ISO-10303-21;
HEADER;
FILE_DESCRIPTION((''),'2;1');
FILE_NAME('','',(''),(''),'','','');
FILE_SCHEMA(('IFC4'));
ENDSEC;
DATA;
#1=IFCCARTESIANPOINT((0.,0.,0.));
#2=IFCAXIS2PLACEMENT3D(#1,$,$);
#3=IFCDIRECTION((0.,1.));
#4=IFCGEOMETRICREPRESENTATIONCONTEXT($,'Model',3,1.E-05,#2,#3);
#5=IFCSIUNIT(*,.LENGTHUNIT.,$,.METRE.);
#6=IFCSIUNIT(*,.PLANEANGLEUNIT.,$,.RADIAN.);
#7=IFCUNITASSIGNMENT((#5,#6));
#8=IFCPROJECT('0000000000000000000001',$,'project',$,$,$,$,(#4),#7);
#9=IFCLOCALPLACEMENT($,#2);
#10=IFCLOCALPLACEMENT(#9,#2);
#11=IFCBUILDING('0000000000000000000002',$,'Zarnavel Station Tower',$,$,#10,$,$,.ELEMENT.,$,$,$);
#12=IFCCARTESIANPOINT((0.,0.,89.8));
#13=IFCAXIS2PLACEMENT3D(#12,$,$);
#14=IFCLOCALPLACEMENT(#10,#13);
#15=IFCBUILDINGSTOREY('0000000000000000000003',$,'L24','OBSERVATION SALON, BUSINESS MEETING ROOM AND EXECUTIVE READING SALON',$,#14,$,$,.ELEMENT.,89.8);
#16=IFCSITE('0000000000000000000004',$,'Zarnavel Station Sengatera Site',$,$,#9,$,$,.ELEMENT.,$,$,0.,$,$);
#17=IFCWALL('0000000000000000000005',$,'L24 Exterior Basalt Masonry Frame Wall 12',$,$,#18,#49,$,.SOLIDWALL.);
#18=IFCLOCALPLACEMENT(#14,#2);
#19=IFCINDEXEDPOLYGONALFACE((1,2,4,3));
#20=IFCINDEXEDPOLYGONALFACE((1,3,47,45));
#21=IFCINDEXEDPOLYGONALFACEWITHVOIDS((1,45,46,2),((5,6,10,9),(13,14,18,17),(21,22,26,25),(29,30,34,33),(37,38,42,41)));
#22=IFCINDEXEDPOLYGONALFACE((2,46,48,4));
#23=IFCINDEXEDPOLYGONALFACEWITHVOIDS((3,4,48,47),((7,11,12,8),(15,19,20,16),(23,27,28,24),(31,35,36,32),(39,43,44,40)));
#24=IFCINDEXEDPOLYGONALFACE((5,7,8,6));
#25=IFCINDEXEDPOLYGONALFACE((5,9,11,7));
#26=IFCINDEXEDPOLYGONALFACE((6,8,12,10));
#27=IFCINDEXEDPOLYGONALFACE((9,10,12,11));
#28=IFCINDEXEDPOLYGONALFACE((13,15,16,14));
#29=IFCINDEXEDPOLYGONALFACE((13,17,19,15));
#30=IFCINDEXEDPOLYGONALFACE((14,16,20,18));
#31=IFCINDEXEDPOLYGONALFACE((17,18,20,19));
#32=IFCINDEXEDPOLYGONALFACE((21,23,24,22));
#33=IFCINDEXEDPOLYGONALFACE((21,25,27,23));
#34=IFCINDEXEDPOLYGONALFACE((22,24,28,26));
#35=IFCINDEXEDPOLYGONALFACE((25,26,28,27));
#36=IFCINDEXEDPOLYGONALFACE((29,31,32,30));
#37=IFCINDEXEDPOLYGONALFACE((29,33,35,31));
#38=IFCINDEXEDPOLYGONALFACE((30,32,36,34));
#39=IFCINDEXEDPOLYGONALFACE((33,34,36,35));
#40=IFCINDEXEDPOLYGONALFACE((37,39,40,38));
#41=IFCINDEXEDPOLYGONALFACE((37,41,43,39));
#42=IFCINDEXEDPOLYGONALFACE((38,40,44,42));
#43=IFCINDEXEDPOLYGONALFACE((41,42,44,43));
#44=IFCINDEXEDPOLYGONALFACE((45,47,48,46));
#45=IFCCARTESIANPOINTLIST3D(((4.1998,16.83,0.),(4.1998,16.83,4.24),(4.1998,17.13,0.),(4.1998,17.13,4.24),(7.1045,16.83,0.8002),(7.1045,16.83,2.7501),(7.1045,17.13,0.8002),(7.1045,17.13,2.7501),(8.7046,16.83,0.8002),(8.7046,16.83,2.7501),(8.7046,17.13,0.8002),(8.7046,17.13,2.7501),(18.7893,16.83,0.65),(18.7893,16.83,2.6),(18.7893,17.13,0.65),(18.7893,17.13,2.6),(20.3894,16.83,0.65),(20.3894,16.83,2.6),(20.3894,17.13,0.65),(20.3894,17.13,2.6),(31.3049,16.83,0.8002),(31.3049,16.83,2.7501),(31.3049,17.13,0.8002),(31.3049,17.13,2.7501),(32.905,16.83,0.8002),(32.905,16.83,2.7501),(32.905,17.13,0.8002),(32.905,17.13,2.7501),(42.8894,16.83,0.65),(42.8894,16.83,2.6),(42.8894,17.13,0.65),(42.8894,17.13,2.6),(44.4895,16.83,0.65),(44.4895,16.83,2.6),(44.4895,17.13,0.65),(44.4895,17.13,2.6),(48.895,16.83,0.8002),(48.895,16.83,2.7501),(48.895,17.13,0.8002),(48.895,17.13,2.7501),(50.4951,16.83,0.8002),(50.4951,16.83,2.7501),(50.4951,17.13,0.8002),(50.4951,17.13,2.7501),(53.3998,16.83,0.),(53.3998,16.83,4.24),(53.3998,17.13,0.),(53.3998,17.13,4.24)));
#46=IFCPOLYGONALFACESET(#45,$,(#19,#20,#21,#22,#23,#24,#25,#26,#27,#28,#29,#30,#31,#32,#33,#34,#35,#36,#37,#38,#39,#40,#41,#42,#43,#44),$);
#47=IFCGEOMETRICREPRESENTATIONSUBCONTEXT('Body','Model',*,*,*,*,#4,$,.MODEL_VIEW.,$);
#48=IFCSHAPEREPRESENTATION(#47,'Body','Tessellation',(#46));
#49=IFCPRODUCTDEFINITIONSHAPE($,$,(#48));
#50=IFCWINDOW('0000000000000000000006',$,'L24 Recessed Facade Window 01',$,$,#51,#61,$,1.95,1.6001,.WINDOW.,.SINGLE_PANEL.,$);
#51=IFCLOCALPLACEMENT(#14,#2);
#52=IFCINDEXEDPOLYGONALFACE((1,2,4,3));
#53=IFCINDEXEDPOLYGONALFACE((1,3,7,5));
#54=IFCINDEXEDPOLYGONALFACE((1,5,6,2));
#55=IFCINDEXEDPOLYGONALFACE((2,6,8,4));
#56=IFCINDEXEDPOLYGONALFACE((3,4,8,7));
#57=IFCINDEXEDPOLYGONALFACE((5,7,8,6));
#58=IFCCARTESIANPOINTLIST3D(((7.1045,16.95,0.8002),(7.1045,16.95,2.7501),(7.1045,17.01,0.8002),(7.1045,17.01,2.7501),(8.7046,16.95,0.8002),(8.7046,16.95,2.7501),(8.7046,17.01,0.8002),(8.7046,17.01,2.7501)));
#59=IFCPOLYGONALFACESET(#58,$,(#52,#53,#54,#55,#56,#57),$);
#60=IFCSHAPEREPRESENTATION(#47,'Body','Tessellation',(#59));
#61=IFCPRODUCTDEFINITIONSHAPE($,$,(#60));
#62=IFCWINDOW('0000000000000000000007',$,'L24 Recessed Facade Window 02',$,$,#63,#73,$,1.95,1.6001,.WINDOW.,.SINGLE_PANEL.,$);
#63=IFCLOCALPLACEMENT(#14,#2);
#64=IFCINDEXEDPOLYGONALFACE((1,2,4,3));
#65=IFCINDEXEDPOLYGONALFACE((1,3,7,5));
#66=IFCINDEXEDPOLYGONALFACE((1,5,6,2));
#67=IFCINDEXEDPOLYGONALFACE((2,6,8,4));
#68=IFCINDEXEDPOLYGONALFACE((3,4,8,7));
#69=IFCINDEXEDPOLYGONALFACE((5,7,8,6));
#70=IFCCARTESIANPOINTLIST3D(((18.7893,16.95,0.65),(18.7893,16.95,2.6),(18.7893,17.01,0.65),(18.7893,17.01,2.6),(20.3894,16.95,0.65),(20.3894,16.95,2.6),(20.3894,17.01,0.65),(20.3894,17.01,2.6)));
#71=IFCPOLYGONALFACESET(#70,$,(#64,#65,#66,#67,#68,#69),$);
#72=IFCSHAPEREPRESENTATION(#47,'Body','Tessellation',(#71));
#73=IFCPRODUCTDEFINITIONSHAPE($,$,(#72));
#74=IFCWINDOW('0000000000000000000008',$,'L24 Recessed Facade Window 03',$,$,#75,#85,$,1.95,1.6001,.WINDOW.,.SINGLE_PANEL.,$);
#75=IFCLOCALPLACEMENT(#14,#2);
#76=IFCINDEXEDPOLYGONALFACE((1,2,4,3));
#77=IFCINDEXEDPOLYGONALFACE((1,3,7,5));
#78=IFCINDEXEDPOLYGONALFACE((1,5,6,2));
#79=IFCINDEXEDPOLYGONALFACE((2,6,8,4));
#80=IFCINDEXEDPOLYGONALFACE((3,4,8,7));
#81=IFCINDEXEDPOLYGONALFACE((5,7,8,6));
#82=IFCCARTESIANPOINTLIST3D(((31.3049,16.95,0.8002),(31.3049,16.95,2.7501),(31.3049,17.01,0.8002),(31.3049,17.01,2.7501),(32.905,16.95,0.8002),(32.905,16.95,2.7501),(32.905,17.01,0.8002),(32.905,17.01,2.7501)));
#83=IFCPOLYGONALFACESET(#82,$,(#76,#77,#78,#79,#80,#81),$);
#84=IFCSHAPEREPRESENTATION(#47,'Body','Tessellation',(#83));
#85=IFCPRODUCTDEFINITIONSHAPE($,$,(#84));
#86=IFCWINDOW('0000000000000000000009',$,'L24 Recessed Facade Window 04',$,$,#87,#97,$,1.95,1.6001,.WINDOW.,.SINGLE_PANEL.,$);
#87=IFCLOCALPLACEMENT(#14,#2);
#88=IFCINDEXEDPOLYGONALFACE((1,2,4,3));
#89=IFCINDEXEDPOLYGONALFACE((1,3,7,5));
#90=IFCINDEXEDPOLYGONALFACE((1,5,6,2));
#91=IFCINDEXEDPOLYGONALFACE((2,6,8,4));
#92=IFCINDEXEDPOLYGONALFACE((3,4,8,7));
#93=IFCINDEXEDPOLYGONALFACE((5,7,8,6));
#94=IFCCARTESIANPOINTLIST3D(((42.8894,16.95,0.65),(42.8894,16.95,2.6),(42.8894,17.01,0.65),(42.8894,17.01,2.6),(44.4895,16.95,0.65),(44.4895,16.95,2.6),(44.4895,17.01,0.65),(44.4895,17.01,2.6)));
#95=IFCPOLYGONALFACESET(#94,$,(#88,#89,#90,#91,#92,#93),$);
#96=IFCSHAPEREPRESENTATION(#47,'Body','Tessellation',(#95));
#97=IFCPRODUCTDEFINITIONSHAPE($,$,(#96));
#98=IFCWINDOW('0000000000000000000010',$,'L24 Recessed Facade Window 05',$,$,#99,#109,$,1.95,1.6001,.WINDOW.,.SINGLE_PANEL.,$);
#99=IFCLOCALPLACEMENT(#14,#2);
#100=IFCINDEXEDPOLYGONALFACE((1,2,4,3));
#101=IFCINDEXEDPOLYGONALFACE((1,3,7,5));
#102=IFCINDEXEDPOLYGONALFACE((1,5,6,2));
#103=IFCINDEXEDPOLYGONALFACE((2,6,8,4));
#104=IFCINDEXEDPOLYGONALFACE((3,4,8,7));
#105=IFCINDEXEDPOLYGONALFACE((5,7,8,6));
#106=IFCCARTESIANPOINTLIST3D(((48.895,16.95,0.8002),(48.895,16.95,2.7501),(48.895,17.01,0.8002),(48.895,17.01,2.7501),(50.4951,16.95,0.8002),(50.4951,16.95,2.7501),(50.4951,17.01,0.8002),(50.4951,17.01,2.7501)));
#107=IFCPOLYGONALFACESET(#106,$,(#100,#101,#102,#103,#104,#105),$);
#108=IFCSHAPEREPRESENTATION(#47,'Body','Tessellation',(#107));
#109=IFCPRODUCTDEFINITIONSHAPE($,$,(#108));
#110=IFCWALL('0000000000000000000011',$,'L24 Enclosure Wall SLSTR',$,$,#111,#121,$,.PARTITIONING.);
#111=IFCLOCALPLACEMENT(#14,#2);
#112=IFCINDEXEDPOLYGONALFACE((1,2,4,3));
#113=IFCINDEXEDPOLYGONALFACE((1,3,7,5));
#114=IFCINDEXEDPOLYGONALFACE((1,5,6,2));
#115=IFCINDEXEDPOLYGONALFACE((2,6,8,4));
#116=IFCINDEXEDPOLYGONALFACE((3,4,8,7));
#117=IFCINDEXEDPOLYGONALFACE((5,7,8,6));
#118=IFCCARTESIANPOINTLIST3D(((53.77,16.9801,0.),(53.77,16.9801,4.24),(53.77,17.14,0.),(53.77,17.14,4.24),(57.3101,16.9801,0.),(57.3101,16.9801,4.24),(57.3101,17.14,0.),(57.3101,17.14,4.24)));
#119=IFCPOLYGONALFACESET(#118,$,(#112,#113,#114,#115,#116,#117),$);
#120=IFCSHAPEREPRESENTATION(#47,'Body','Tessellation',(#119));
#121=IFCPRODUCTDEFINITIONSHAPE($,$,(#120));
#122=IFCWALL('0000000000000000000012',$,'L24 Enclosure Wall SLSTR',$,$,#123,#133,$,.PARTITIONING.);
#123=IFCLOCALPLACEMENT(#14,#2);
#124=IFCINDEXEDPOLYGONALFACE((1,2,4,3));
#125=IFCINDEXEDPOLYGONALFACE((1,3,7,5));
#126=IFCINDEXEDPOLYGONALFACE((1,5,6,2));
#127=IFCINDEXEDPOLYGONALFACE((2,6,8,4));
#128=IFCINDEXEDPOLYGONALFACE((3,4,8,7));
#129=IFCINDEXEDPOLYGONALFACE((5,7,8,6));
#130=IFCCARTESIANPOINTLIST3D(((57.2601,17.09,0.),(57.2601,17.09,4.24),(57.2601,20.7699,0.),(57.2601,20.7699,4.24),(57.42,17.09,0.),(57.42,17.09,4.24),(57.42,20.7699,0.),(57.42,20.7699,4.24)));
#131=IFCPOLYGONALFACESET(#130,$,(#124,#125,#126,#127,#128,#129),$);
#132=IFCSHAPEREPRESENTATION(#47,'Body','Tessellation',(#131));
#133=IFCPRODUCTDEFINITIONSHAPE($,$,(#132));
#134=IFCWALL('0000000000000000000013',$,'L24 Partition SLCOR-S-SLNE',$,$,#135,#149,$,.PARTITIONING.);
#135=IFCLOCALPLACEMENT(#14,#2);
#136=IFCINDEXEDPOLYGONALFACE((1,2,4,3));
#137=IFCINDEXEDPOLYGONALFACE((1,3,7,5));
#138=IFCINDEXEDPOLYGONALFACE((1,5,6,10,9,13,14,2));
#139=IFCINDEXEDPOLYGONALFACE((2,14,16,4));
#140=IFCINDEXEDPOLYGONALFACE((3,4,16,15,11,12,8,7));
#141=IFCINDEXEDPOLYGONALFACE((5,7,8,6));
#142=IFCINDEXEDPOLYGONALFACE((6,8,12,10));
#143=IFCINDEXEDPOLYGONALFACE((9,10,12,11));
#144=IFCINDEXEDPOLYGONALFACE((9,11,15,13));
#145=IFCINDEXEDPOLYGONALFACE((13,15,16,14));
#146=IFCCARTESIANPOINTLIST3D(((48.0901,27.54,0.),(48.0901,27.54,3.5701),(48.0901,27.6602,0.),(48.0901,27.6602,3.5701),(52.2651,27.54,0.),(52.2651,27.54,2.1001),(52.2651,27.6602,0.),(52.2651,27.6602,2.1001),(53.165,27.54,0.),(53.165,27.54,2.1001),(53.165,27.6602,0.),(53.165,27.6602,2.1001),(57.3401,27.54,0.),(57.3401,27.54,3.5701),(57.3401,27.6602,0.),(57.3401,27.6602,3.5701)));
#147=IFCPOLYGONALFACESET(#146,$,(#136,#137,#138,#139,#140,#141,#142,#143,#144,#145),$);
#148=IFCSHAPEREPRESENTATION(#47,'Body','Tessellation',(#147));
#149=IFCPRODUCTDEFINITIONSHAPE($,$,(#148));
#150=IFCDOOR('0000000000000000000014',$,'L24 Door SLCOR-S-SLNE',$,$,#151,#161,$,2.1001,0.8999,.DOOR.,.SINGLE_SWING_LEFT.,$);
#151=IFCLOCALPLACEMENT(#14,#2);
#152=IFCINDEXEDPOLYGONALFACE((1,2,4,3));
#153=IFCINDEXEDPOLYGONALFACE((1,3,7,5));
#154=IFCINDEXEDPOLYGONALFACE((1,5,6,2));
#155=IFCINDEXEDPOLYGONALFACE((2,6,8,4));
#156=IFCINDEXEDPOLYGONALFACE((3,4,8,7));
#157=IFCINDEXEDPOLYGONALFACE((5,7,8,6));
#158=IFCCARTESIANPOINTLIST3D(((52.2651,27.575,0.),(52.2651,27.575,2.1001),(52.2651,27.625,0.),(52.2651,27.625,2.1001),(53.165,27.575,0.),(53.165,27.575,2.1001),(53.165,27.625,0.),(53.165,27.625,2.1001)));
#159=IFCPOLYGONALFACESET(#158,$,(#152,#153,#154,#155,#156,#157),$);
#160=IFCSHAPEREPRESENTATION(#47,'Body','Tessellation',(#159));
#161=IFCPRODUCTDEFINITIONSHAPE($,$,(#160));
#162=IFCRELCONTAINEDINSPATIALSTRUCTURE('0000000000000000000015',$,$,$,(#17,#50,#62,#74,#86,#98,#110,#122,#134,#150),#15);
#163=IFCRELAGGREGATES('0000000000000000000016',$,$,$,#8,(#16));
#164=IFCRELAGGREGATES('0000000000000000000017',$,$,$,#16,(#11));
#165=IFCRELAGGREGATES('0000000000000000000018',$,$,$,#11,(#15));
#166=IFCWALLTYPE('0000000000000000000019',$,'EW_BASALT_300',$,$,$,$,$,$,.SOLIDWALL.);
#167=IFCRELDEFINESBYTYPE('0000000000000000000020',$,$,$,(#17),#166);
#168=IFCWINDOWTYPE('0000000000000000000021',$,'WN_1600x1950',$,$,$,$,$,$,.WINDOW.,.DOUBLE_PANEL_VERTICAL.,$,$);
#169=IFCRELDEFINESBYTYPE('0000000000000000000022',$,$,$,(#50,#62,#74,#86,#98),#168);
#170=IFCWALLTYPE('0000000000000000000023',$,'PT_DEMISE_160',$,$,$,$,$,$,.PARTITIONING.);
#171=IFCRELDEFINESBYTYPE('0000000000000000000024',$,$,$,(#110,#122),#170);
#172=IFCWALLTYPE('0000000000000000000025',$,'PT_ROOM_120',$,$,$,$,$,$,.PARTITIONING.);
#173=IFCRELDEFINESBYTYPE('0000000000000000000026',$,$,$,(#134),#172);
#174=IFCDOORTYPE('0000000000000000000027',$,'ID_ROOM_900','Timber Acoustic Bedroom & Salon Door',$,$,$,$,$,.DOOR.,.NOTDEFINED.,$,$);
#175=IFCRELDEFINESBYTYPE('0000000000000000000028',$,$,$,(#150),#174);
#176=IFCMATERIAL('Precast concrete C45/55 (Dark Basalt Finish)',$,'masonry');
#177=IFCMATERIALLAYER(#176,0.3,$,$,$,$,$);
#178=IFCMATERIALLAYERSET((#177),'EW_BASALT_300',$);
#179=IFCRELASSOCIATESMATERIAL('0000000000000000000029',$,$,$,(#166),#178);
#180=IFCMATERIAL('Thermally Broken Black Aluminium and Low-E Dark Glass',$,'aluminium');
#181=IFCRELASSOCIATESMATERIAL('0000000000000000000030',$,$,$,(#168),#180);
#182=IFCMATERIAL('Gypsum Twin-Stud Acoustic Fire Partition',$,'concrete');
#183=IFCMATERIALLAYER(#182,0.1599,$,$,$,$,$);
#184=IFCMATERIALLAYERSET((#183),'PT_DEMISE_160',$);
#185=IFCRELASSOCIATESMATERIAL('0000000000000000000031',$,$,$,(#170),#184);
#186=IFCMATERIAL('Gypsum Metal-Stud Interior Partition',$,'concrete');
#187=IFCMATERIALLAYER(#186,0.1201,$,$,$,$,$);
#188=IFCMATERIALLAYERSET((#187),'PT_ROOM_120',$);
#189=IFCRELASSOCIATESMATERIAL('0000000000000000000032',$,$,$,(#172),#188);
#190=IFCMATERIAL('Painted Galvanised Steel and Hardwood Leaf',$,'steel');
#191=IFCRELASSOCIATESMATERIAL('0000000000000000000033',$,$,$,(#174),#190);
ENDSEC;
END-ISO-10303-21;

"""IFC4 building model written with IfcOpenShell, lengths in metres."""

from ifc_helpers import new_model, si_unit, direction, frame, frame_2d, origin, place, context, subcontext, project, spatial, rectangle, extrude, material, layer, layer_set, type_object, element, fill, save


model = new_model("IFC4")

# Units and contexts
model_context = context("Model", 3, precision=1e-05, world=origin(), true_north=direction((0.0, 1.0)))
body_context = subcontext(model_context, "Body", "Model", "MODEL_VIEW")
ifc_project = project(units=[si_unit("LENGTHUNIT", "METRE"), si_unit("PLANEANGLEUNIT", "RADIAN")], contexts=[model_context])

# Site, building, storey
site_placement = place(None, origin())
site = spatial("IfcSite", under=ifc_project, at=site_placement, Name="Zarnavel Station Sengatera Site", CompositionType="ELEMENT", RefElevation=0.0)
building_placement = place(site_placement, origin())
building = spatial("IfcBuilding", under=site, at=building_placement, Name="Zarnavel Station Tower", CompositionType="ELEMENT")
storey_placement = place(building_placement, frame((0.0, 0.0, 89.8)))
storey = spatial("IfcBuildingStorey", under=building, at=storey_placement, Name="L24", Description="OBSERVATION SALON, BUSINESS MEETING ROOM AND EXECUTIVE READING SALON", CompositionType="ELEMENT", Elevation=89.8)

# Shared definitions
ifc_material_1 = material(Name="Precast concrete C45/55 (Dark Basalt Finish)", Category="masonry")
ifc_layer_1 = layer(ifc_material_1, 0.3)
ifc_layer_set_1 = layer_set([ifc_layer_1], Name="EW_BASALT_300")
wall_type_1 = type_object("IfcWallType", Name="EW_BASALT_300", PredefinedType="SOLIDWALL", material=ifc_layer_set_1)

# Wall, openings, windows
wall_1_placement = place(storey_placement, frame((53.3999, 16.98, 0.0), z_axis=(0.0, 0.0, 1.0), x_axis=(-1.0, 0.0, 0.0)))
wall_1 = element("IfcWall", 1, at=wall_1_placement, inside=storey, type_object=wall_type_1, Name="L24 Exterior Basalt Masonry Frame Wall 12", PredefinedType="SOLIDWALL", context=body_context, shape_type="SweptSolid", body=[
    extrude(rectangle(XDim=49.2, YDim=0.3, at=frame_2d((24.6001, 0.0))), origin(), (0.0, 0.0, 1.0), 4.24),
])
opening_1_placement = place(wall_1_placement, frame((44.6953, 0.0, 0.8)))
opening_1 = element("IfcOpeningElement", 2, at=opening_1_placement, cuts=wall_1, PredefinedType="OPENING", context=body_context, shape_type="SweptSolid", body=[
    extrude(rectangle(XDim=1.6001, YDim=1.95, at=frame_2d((0.8, 0.9751))), frame((0.0, 0.1599, 0.0), z_axis=(0.0, -1.0, 0.0), x_axis=(1.0, 0.0, 0.0)), (0.0, 0.0, 1.0), 0.3201),
])
opening_2_placement = place(wall_1_placement, frame((33.0105, 0.0, 0.6499)))
opening_2 = element("IfcOpeningElement", 3, at=opening_2_placement, cuts=wall_1, PredefinedType="OPENING", context=body_context, shape_type="SweptSolid", body=[
    extrude(rectangle(XDim=1.6001, YDim=1.95, at=frame_2d((0.8, 0.9751))), frame((0.0, 0.1599, 0.0), z_axis=(0.0, -1.0, 0.0), x_axis=(1.0, 0.0, 0.0)), (0.0, 0.0, 1.0), 0.3201),
])
opening_3_placement = place(wall_1_placement, frame((20.4949, 0.0, 0.8)))
opening_3 = element("IfcOpeningElement", 4, at=opening_3_placement, cuts=wall_1, PredefinedType="OPENING", context=body_context, shape_type="SweptSolid", body=[
    extrude(rectangle(XDim=1.6001, YDim=1.95, at=frame_2d((0.8, 0.9751))), frame((0.0, 0.1599, 0.0), z_axis=(0.0, -1.0, 0.0), x_axis=(1.0, 0.0, 0.0)), (0.0, 0.0, 1.0), 0.3201),
])
opening_4_placement = place(wall_1_placement, frame((8.9104, 0.0, 0.6499)))
opening_4 = element("IfcOpeningElement", 5, at=opening_4_placement, cuts=wall_1, PredefinedType="OPENING", context=body_context, shape_type="SweptSolid", body=[
    extrude(rectangle(XDim=1.6001, YDim=1.95, at=frame_2d((0.8, 0.9751))), frame((0.0, 0.1599, 0.0), z_axis=(0.0, -1.0, 0.0), x_axis=(1.0, 0.0, 0.0)), (0.0, 0.0, 1.0), 0.3201),
])
opening_5_placement = place(wall_1_placement, frame((2.9048, 0.0, 0.8)))
opening_5 = element("IfcOpeningElement", 6, at=opening_5_placement, cuts=wall_1, PredefinedType="OPENING", context=body_context, shape_type="SweptSolid", body=[
    extrude(rectangle(XDim=1.6001, YDim=1.95, at=frame_2d((0.8, 0.9751))), frame((0.0, 0.1599, 0.0), z_axis=(0.0, -1.0, 0.0), x_axis=(1.0, 0.0, 0.0)), (0.0, 0.0, 1.0), 0.3201),
])
ifc_material_2 = material(Name="Thermally Broken Black Aluminium and Low-E Dark Glass", Category="aluminium")
window_type = type_object("IfcWindowType", Name="WN_1600x1950", PartitioningType="DOUBLE_PANEL_VERTICAL", PredefinedType="WINDOW", material=ifc_material_2)
window_1_placement = place(opening_1_placement, origin())
window_1 = element("IfcWindow", 7, at=window_1_placement, inside=storey, type_object=window_type, Name="L24 Recessed Facade Window 01", OverallHeight=1.95, OverallWidth=1.6001, PartitioningType="SINGLE_PANEL", PredefinedType="WINDOW", context=body_context, shape_type="SweptSolid", body=[
    extrude(rectangle(XDim=1.6001, YDim=1.95, at=frame_2d((0.8, 0.9751))), frame((0.0, 0.03, 0.0), z_axis=(0.0, -1.0, 0.0), x_axis=(1.0, 0.0, 0.0)), (0.0, 0.0, 1.0), 0.0601),
])
fill(opening_1, window_1)
window_2_placement = place(opening_2_placement, origin())
window_2 = element("IfcWindow", 8, at=window_2_placement, inside=storey, type_object=window_type, Name="L24 Recessed Facade Window 02", OverallHeight=1.95, OverallWidth=1.6001, PartitioningType="SINGLE_PANEL", PredefinedType="WINDOW", context=body_context, shape_type="SweptSolid", body=[
    extrude(rectangle(XDim=1.6001, YDim=1.95, at=frame_2d((0.8, 0.9751))), frame((0.0, 0.03, 0.0), z_axis=(0.0, -1.0, 0.0), x_axis=(1.0, 0.0, 0.0)), (0.0, 0.0, 1.0), 0.0601),
])
fill(opening_2, window_2)
window_3_placement = place(opening_3_placement, origin())
window_3 = element("IfcWindow", 9, at=window_3_placement, inside=storey, type_object=window_type, Name="L24 Recessed Facade Window 03", OverallHeight=1.95, OverallWidth=1.6001, PartitioningType="SINGLE_PANEL", PredefinedType="WINDOW", context=body_context, shape_type="SweptSolid", body=[
    extrude(rectangle(XDim=1.6001, YDim=1.95, at=frame_2d((0.8, 0.9751))), frame((0.0, 0.03, 0.0), z_axis=(0.0, -1.0, 0.0), x_axis=(1.0, 0.0, 0.0)), (0.0, 0.0, 1.0), 0.0601),
])
fill(opening_3, window_3)
window_4_placement = place(opening_4_placement, origin())
window_4 = element("IfcWindow", 10, at=window_4_placement, inside=storey, type_object=window_type, Name="L24 Recessed Facade Window 04", OverallHeight=1.95, OverallWidth=1.6001, PartitioningType="SINGLE_PANEL", PredefinedType="WINDOW", context=body_context, shape_type="SweptSolid", body=[
    extrude(rectangle(XDim=1.6001, YDim=1.95, at=frame_2d((0.8, 0.9751))), frame((0.0, 0.03, 0.0), z_axis=(0.0, -1.0, 0.0), x_axis=(1.0, 0.0, 0.0)), (0.0, 0.0, 1.0), 0.0601),
])
fill(opening_4, window_4)
window_5_placement = place(opening_5_placement, origin())
window_5 = element("IfcWindow", 11, at=window_5_placement, inside=storey, type_object=window_type, Name="L24 Recessed Facade Window 05", OverallHeight=1.95, OverallWidth=1.6001, PartitioningType="SINGLE_PANEL", PredefinedType="WINDOW", context=body_context, shape_type="SweptSolid", body=[
    extrude(rectangle(XDim=1.6001, YDim=1.95, at=frame_2d((0.8, 0.9751))), frame((0.0, 0.03, 0.0), z_axis=(0.0, -1.0, 0.0), x_axis=(1.0, 0.0, 0.0)), (0.0, 0.0, 1.0), 0.0601),
])
fill(opening_5, window_5)

# Walls
ifc_material_3 = material(Name="Gypsum Twin-Stud Acoustic Fire Partition", Category="concrete")
ifc_layer_2 = layer(ifc_material_3, 0.1599)
ifc_layer_set_2 = layer_set([ifc_layer_2], Name="PT_DEMISE_160")
wall_type_2 = type_object("IfcWallType", Name="PT_DEMISE_160", PredefinedType="PARTITIONING", material=ifc_layer_set_2)
wall_2_placement = place(storey_placement, frame((53.77, 17.0601, 0.0), z_axis=(0.0, 0.0, 1.0), x_axis=(1.0, 0.0, 0.0)))
element("IfcWall", 12, at=wall_2_placement, inside=storey, type_object=wall_type_2, Name="L24 Enclosure Wall SLSTR", PredefinedType="PARTITIONING", context=body_context, shape_type="SweptSolid", body=[
    extrude(rectangle(XDim=3.54, YDim=0.1599, at=frame_2d((1.77, 0.0))), origin(), (0.0, 0.0, 1.0), 4.24),
])
wall_3_placement = place(storey_placement, frame((57.3401, 17.0901, 0.0), z_axis=(0.0, 0.0, 1.0), x_axis=(0.0, 1.0, 0.0)))
element("IfcWall", 13, at=wall_3_placement, inside=storey, type_object=wall_type_2, Name="L24 Enclosure Wall SLSTR", PredefinedType="PARTITIONING", context=body_context, shape_type="SweptSolid", body=[
    extrude(rectangle(XDim=3.6799, YDim=0.1599, at=frame_2d((1.8398, 0.0))), origin(), (0.0, 0.0, 1.0), 4.24),
])

# Wall, opening, door
ifc_material_4 = material(Name="Gypsum Metal-Stud Interior Partition", Category="concrete")
ifc_layer_3 = layer(ifc_material_4, 0.1201)
ifc_layer_set_3 = layer_set([ifc_layer_3], Name="PT_ROOM_120")
wall_type_3 = type_object("IfcWallType", Name="PT_ROOM_120", PredefinedType="PARTITIONING", material=ifc_layer_set_3)
wall_4_placement = place(storey_placement, frame((48.0901, 27.6001, 0.0), z_axis=(0.0, 0.0, 1.0), x_axis=(1.0, 0.0, 0.0)))
wall_4 = element("IfcWall", 14, at=wall_4_placement, inside=storey, type_object=wall_type_3, Name="L24 Partition SLCOR-S-SLNE", PredefinedType="PARTITIONING", context=body_context, shape_type="SweptSolid", body=[
    extrude(rectangle(XDim=9.25, YDim=0.1201, at=frame_2d((4.625, 0.0))), origin(), (0.0, 0.0, 1.0), 3.5701),
])
opening_6_placement = place(wall_4_placement, frame((4.175, 0.0, 0.0)))
opening_6 = element("IfcOpeningElement", 15, at=opening_6_placement, cuts=wall_4, PredefinedType="OPENING", context=body_context, shape_type="SweptSolid", body=[
    extrude(rectangle(XDim=0.8999, YDim=2.1001, at=frame_2d((0.45, 1.05))), frame((0.0, 0.0701, 0.0), z_axis=(0.0, -1.0, 0.0), x_axis=(1.0, 0.0, 0.0)), (0.0, 0.0, 1.0), 0.1401),
])
ifc_material_5 = material(Name="Painted Galvanised Steel and Hardwood Leaf", Category="steel")
door_type_1 = type_object("IfcDoorType", Name="ID_ROOM_900", Description="Timber Acoustic Bedroom & Salon Door", OperationType="NOTDEFINED", PredefinedType="DOOR", material=ifc_material_5)
door_1_placement = place(opening_6_placement, origin())
door_1 = element("IfcDoor", 16, at=door_1_placement, inside=storey, type_object=door_type_1, Name="L24 Door SLCOR-S-SLNE", OperationType="SINGLE_SWING_LEFT", OverallHeight=2.1001, OverallWidth=0.8999, PredefinedType="DOOR", context=body_context, shape_type="SweptSolid", body=[
    extrude(rectangle(XDim=0.8999, YDim=2.1001, at=frame_2d((0.45, 1.05))), frame((0.0, 0.0249, 0.0), z_axis=(0.0, -1.0, 0.0), x_axis=(1.0, 0.0, 0.0)), (0.0, 0.0, 1.0), 0.05),
])
fill(opening_6, door_1)

save(model, "model.ifc")
